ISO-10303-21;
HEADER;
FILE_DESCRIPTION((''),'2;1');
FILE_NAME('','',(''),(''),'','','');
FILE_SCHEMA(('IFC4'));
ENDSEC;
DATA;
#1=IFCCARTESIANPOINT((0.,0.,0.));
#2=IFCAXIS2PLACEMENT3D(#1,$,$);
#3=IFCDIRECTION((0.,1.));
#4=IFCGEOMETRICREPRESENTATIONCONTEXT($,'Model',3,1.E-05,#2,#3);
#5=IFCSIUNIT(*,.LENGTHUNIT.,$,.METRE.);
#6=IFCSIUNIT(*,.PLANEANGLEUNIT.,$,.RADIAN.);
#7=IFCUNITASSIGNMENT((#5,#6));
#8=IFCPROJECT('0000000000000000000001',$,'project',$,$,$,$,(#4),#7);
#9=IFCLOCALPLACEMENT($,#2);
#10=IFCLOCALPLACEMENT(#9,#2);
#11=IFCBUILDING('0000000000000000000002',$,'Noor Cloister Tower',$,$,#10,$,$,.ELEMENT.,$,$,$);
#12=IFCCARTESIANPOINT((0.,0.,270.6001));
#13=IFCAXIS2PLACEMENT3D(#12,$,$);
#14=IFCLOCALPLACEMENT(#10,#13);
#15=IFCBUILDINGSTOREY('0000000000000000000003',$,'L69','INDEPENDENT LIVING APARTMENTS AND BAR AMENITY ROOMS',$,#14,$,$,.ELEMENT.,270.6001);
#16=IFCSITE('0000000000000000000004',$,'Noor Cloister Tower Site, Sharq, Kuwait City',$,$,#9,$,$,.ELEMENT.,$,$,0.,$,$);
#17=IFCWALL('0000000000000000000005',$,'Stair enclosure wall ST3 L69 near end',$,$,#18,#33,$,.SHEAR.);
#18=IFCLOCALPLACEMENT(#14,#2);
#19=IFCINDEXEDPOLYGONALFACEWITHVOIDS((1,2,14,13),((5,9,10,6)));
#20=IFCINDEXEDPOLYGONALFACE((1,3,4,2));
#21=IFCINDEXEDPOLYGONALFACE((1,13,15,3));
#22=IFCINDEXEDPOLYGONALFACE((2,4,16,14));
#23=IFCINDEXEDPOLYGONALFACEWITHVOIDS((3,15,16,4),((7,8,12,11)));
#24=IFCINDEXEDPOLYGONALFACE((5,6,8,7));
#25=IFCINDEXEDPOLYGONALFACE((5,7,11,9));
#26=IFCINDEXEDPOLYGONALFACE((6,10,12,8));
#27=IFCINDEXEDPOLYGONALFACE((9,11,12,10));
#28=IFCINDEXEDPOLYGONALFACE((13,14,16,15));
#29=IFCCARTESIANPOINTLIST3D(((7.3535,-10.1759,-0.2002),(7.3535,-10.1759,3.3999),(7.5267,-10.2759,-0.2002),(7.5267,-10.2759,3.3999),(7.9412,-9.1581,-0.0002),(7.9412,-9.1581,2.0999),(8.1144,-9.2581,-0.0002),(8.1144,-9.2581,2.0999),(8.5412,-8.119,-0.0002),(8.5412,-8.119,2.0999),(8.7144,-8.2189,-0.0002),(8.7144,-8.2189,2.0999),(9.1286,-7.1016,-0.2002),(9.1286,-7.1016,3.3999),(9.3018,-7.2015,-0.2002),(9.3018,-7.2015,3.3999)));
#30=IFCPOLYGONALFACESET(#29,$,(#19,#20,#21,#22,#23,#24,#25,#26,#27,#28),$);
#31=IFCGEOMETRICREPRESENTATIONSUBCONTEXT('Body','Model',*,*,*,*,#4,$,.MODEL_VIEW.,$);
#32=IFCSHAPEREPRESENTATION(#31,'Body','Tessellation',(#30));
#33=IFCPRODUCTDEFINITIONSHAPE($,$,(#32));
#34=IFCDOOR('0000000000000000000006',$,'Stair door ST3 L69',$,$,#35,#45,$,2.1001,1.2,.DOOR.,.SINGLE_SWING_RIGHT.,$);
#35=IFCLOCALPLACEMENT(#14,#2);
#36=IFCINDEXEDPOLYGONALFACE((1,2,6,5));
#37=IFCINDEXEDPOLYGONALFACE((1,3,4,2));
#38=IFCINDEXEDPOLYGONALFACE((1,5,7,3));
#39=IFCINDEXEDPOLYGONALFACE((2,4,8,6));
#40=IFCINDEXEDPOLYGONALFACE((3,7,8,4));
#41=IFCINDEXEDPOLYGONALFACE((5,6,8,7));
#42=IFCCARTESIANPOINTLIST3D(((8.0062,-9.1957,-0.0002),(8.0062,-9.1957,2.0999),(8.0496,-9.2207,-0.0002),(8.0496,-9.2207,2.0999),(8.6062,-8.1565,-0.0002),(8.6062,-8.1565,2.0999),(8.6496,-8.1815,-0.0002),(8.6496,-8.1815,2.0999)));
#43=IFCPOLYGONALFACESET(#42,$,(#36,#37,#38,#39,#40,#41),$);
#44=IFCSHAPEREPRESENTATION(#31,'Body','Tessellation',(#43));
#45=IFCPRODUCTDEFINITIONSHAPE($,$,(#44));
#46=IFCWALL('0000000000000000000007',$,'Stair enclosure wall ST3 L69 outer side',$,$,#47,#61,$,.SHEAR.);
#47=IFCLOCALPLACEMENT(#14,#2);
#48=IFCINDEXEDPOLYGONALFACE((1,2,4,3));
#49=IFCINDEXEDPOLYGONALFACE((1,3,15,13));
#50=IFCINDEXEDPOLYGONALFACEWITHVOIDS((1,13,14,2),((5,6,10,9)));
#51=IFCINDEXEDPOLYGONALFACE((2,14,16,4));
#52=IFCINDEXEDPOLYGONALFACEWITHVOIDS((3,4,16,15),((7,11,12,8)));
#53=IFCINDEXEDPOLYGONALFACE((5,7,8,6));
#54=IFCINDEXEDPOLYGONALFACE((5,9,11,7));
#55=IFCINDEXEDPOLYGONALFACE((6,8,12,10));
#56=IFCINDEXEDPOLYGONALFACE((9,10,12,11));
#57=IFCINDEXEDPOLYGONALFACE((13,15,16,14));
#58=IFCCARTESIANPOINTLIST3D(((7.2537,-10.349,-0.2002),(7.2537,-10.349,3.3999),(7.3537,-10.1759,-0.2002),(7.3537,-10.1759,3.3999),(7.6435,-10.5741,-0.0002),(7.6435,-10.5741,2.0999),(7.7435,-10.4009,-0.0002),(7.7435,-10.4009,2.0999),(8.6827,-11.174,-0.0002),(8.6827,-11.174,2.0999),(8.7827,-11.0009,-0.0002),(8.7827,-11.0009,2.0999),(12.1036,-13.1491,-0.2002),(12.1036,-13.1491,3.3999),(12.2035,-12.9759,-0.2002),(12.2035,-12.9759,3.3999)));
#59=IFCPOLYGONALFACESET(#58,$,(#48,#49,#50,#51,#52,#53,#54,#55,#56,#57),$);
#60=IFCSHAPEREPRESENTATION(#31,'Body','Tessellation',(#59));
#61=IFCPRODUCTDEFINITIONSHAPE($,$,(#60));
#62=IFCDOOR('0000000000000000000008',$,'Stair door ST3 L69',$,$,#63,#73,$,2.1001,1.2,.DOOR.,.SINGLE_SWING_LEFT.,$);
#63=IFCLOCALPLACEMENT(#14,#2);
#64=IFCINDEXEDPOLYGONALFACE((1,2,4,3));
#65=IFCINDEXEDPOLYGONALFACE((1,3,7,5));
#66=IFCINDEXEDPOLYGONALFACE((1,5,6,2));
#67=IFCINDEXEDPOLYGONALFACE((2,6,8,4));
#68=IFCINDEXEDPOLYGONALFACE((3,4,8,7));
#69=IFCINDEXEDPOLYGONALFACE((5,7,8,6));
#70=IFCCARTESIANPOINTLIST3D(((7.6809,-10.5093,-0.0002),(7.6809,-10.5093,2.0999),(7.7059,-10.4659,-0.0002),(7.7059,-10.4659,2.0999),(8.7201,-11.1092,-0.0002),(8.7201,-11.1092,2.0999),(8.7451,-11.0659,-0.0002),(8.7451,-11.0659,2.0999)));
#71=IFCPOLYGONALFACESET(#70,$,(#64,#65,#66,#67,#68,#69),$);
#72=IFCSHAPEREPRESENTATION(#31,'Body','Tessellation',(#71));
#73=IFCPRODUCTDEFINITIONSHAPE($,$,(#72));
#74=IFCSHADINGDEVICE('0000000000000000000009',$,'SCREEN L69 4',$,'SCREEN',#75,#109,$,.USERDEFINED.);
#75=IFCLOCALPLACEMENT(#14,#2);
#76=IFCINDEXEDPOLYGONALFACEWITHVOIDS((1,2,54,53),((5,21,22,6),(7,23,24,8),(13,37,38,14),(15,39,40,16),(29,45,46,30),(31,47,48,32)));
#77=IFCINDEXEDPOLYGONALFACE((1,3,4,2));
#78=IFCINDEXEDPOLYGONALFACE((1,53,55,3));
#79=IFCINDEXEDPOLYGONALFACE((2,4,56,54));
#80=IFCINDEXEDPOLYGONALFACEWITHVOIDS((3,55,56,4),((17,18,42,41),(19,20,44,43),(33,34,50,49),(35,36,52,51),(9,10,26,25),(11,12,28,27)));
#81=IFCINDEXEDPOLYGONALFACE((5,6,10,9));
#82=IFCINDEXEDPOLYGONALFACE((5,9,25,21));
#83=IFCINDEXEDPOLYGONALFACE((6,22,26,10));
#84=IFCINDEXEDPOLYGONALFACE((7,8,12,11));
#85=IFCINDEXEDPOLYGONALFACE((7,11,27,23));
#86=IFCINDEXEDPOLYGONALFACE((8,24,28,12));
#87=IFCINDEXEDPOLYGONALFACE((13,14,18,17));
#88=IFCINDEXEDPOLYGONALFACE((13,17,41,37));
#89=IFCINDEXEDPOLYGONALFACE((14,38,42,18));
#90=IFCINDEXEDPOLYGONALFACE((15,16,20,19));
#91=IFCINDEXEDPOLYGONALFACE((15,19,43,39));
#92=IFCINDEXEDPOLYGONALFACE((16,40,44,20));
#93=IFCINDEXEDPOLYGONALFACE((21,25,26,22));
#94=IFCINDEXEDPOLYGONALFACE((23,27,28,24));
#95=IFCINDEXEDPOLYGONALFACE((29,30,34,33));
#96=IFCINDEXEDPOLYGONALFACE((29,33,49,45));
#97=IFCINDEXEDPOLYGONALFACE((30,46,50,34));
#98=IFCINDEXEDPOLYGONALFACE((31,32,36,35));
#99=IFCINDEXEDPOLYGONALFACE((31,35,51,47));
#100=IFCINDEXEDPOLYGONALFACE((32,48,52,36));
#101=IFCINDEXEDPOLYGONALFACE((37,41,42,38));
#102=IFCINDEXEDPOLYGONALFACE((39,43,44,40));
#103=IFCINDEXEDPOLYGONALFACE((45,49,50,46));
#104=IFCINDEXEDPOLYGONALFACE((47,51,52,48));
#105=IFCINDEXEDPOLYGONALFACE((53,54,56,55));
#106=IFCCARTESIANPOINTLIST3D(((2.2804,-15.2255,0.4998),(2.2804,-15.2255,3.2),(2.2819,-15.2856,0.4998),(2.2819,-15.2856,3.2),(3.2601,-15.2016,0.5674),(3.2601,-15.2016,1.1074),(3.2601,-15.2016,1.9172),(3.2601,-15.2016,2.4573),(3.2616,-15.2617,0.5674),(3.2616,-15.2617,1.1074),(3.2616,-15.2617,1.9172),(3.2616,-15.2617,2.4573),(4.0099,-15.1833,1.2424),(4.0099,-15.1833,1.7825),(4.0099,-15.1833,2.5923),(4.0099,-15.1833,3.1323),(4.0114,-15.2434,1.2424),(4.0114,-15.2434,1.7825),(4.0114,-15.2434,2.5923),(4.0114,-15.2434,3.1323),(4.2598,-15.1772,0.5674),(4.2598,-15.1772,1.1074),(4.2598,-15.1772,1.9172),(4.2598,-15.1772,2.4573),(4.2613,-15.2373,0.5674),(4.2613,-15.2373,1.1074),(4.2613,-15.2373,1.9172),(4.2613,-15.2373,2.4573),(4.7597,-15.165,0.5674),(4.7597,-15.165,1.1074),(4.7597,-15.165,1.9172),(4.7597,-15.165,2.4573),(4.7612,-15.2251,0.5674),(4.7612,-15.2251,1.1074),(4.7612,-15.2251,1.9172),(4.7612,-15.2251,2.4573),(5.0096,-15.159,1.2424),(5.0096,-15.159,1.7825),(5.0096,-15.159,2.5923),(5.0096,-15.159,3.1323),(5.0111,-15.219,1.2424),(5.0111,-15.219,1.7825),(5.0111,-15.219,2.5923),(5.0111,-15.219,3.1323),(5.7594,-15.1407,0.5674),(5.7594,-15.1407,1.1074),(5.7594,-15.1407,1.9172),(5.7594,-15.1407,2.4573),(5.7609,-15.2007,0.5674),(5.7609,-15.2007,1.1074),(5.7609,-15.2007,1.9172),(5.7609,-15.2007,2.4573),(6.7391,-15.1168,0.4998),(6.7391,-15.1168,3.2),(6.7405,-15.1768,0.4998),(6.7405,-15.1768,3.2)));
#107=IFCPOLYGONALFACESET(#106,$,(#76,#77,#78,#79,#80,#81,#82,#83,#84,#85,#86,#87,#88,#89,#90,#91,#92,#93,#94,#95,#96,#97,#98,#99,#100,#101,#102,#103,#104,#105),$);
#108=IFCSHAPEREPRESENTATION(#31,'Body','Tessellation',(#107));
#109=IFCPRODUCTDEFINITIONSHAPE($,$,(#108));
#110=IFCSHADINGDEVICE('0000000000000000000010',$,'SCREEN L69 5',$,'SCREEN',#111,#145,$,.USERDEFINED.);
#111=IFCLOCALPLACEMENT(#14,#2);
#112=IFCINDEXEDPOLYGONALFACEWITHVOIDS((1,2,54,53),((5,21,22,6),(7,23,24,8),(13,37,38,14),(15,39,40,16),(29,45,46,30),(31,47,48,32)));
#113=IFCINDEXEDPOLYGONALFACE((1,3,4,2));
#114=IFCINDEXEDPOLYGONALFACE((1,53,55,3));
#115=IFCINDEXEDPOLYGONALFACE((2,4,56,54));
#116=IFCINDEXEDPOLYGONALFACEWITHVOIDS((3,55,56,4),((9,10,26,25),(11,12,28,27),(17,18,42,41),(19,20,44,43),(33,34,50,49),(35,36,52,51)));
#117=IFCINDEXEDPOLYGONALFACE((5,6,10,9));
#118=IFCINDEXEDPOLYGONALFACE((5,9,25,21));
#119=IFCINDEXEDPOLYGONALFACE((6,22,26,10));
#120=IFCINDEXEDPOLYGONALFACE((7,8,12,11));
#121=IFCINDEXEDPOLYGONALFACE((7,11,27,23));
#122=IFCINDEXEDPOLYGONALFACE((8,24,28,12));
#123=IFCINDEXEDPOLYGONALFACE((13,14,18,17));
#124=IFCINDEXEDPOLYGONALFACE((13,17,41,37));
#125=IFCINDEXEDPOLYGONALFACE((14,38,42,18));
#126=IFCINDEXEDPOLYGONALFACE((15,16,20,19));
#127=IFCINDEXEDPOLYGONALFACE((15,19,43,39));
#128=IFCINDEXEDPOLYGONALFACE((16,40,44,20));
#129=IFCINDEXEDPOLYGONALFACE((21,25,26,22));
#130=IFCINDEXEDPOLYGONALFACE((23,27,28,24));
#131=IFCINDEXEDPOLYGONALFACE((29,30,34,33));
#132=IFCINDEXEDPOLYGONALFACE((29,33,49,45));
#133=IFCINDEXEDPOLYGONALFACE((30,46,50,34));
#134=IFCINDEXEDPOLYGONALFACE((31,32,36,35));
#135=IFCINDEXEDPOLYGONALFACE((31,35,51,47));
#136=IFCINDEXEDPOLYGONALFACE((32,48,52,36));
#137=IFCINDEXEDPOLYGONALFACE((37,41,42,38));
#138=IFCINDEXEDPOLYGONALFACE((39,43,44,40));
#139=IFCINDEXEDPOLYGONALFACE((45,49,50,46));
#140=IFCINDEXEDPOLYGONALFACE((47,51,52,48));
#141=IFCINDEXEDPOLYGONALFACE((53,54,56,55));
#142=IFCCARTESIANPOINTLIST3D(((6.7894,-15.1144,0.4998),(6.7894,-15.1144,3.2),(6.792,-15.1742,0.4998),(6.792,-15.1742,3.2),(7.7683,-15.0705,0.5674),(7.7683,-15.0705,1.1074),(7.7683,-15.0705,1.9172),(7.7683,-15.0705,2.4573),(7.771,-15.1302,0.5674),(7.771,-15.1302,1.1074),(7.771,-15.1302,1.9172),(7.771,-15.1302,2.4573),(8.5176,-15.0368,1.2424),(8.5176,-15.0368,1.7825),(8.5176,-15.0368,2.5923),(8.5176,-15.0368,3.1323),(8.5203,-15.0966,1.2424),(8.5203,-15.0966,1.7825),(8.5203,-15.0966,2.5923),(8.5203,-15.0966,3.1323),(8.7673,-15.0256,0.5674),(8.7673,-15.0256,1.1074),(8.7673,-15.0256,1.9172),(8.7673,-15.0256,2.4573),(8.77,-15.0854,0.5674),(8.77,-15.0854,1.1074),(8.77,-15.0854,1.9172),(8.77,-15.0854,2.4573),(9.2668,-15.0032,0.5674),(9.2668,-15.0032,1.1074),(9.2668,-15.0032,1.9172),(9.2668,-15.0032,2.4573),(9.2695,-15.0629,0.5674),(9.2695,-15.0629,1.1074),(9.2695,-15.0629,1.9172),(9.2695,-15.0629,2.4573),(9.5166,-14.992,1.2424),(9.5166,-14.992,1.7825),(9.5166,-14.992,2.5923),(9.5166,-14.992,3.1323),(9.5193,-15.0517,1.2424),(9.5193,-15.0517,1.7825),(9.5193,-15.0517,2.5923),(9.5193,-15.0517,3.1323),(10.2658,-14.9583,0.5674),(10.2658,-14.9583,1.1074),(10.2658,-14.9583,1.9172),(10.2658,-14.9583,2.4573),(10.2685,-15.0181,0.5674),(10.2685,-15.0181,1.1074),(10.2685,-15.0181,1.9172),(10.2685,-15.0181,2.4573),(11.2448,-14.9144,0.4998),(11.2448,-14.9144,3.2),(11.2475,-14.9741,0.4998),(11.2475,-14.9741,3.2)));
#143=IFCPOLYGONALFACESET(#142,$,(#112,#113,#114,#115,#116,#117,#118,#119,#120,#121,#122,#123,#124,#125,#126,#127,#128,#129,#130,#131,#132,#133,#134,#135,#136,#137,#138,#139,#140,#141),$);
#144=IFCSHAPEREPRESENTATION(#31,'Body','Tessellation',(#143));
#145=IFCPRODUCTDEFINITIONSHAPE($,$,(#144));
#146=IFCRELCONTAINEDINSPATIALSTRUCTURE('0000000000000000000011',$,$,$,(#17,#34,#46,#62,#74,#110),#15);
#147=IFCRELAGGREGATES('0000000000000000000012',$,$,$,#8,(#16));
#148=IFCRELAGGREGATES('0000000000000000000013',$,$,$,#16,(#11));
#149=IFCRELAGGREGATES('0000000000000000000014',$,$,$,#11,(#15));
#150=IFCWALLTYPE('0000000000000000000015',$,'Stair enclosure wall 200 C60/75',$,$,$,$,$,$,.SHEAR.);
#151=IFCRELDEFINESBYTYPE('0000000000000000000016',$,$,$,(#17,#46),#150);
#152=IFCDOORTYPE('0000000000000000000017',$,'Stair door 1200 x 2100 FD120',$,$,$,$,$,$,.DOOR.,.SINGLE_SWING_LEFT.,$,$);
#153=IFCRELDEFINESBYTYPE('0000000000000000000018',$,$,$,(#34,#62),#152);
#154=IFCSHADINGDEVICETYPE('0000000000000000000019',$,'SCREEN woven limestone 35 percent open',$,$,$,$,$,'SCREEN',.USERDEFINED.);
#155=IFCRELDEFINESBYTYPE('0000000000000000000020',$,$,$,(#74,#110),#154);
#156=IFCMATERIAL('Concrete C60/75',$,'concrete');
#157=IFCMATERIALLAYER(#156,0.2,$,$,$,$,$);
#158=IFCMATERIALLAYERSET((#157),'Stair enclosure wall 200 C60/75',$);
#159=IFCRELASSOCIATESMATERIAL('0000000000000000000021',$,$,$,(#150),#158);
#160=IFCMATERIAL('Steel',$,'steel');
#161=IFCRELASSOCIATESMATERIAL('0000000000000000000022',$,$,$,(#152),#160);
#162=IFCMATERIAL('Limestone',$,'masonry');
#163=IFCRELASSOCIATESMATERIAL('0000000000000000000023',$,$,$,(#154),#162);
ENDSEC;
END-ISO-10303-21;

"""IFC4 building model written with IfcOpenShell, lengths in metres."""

from ifc_helpers import new_model, si_unit, direction, frame, frame_2d, origin, place, context, subcontext, project, spatial, polyline, rectangle, outline, extrude, material, layer, layer_set, material_profile, profile_set, type_object, element, fill, save


model = new_model("IFC4")

# Units and contexts
model_context = context("Model", 3, precision=1e-05, world=origin(), true_north=direction((0.0, 1.0)))
body_context = subcontext(model_context, "Body", "Model", "MODEL_VIEW")
ifc_project = project(units=[si_unit("LENGTHUNIT", "METRE"), si_unit("PLANEANGLEUNIT", "RADIAN")], contexts=[model_context])

# Site, building, storey
site_placement = place(None, origin())
site = spatial("IfcSite", under=ifc_project, at=site_placement, Name="Noor Cloister Tower Site, Sharq, Kuwait City", CompositionType="ELEMENT", RefElevation=0.0)
building_placement = place(site_placement, origin())
building = spatial("IfcBuilding", under=site, at=building_placement, Name="Noor Cloister Tower", CompositionType="ELEMENT")
storey_placement = place(building_placement, frame((0.0, 0.0, 270.6001)))
storey = spatial("IfcBuildingStorey", under=building, at=storey_placement, Name="L69", Description="INDEPENDENT LIVING APARTMENTS AND BAR AMENITY ROOMS", CompositionType="ELEMENT", Elevation=270.6001)

# Walls, openings, doors
ifc_material_1 = material(Name="Concrete C60/75", Category="concrete")
ifc_layer_1 = layer(ifc_material_1, 0.2)
ifc_layer_set_1 = layer_set([ifc_layer_1], Name="Stair enclosure wall 200 C60/75")
wall_type_1 = type_object("IfcWallType", Name="Stair enclosure wall 200 C60/75", PredefinedType="SHEAR", material=ifc_layer_set_1)
wall_1_placement = place(storey_placement, frame((7.4402, -10.2258, -0.2002), z_axis=(0.0, 0.0, 1.0), x_axis=(0.500022, 0.866013, 0.0)))
wall_1 = element("IfcWall", 1, at=wall_1_placement, inside=storey, type_object=wall_type_1, Name="Stair enclosure wall ST3 L69 near end", PredefinedType="SHEAR", context=body_context, shape_type="SweptSolid", body=[
    extrude(rectangle(XDim=3.55, YDim=0.2, at=frame_2d((1.7749, 0.0))), origin(), (0.0, 0.0, 1.0), 3.6001),
])
opening_1_placement = place(wall_1_placement, frame((1.175, 0.0, 0.2)))
opening_1 = element("IfcOpeningElement", 2, at=opening_1_placement, cuts=wall_1, PredefinedType="OPENING", context=body_context, shape_type="SweptSolid", body=[
    extrude(rectangle(XDim=1.2, YDim=2.1001, at=frame_2d((0.6001, 1.05))), frame((0.0, 0.1099, 0.0), z_axis=(0.0, -1.0, 0.0), x_axis=(1.0, 0.0, 0.0)), (0.0, 0.0, 1.0), 0.22),
])
ifc_material_2 = material(Name="Steel", Category="steel")
door_type_1 = type_object("IfcDoorType", Name="Stair door 1200 x 2100 FD120", OperationType="SINGLE_SWING_LEFT", PredefinedType="DOOR", material=ifc_material_2)
door_1_placement = place(opening_1_placement, origin())
door_1 = element("IfcDoor", 3, at=door_1_placement, inside=storey, type_object=door_type_1, Name="Stair door ST3 L69", OperationType="SINGLE_SWING_RIGHT", OverallHeight=2.1001, OverallWidth=1.2, PredefinedType="DOOR", context=body_context, shape_type="SweptSolid", body=[
    extrude(rectangle(XDim=1.2, YDim=2.1001, at=frame_2d((0.6001, 1.05))), frame((0.0, 0.0249, 0.0), z_axis=(0.0, -1.0, 0.0), x_axis=(1.0, 0.0, 0.0)), (0.0, 0.0, 1.0), 0.05),
])
fill(opening_1, door_1)
wall_2_placement = place(storey_placement, frame((7.3037, -10.2625, -0.2002), z_axis=(0.0, 0.0, 1.0), x_axis=(0.866027, -0.499998, 0.0)))
wall_2 = element("IfcWall", 4, at=wall_2_placement, inside=storey, type_object=wall_type_1, Name="Stair enclosure wall ST3 L69 outer side", PredefinedType="SHEAR", context=body_context, shape_type="SweptSolid", body=[
    extrude(rectangle(XDim=5.6001, YDim=0.2, at=frame_2d((2.8, 0.0))), origin(), (0.0, 0.0, 1.0), 3.6001),
])
opening_2_placement = place(wall_2_placement, frame((0.45, 0.0, 0.2)))
opening_2 = element("IfcOpeningElement", 5, at=opening_2_placement, cuts=wall_2, PredefinedType="OPENING", context=body_context, shape_type="SweptSolid", body=[
    extrude(rectangle(XDim=1.2, YDim=2.1001, at=frame_2d((0.6001, 1.05))), frame((0.0, 0.1099, 0.0), z_axis=(0.0, -1.0, 0.0), x_axis=(1.0, 0.0, 0.0)), (0.0, 0.0, 1.0), 0.22),
])
door_2_placement = place(opening_2_placement, origin())
door_2 = element("IfcDoor", 6, at=door_2_placement, inside=storey, type_object=door_type_1, Name="Stair door ST3 L69", OperationType="SINGLE_SWING_LEFT", OverallHeight=2.1001, OverallWidth=1.2, PredefinedType="DOOR", context=body_context, shape_type="SweptSolid", body=[
    extrude(rectangle(XDim=1.2, YDim=2.1001, at=frame_2d((0.6001, 1.05))), frame((0.0, 0.0249, 0.0), z_axis=(0.0, -1.0, 0.0), x_axis=(1.0, 0.0, 0.0)), (0.0, 0.0, 1.0), 0.05),
])
fill(opening_2, door_2)

# Shading devices
ifc_material_3 = material(Name="Limestone", Category="masonry")
ifc_material_profile_1 = material_profile(ifc_material_3, outline(polyline([(-2.23, -1.3501), (2.23, -1.3501), (2.23, 1.3501), (-2.23, 1.3501), (-2.23, -1.3501)]), holes=[polyline([(-1.25, -1.2825), (-0.25, -1.2825), (-0.25, -0.7424), (-1.25, -0.7424), (-1.25, -1.2825)]), polyline([(0.25, -1.2825), (1.25, -1.2825), (1.25, -0.7424), (0.25, -0.7424), (0.25, -1.2825)]), polyline([(-0.5, -0.6074), (0.5, -0.6074), (0.5, -0.0674), (-0.5, -0.0674), (-0.5, -0.6074)]), polyline([(-1.25, 0.0674), (-0.25, 0.0674), (-0.25, 0.6074), (-1.25, 0.6074), (-1.25, 0.0674)]), polyline([(0.25, 0.0674), (1.25, 0.0674), (1.25, 0.6074), (0.25, 0.6074), (0.25, 0.0674)]), polyline([(-0.5, 0.7424), (0.5, 0.7424), (0.5, 1.2825), (-0.5, 1.2825), (-0.5, 0.7424)])]), Name="Woven screen 35 percent open")
ifc_profile_set_1 = profile_set([ifc_material_profile_1], Name="Limestone")
shading_device_type = type_object("IfcShadingDeviceType", Name="SCREEN woven limestone 35 percent open", ElementType="SCREEN", PredefinedType="USERDEFINED", material=ifc_profile_set_1)
shading_device_1_placement = place(storey_placement, frame((4.5098, -15.1711, 1.8499), z_axis=(0.024383, -0.999703, 0.0), x_axis=(0.999703, 0.024383, 0.0)))
element("IfcShadingDevice", 7, at=shading_device_1_placement, inside=storey, type_object=shading_device_type, Name="SCREEN L69 4", ObjectType="SCREEN", PredefinedType="USERDEFINED", context=body_context, shape_type="SweptSolid", body=[
    extrude(outline(polyline([(-2.23, -1.3501), (2.23, -1.3501), (2.23, 1.3501), (-2.23, 1.3501), (-2.23, -1.3501)]), holes=[polyline([(-1.25, -1.2825), (-0.25, -1.2825), (-0.25, -0.7424), (-1.25, -0.7424), (-1.25, -1.2825)]), polyline([(0.25, -1.2825), (1.25, -1.2825), (1.25, -0.7424), (0.25, -0.7424), (0.25, -1.2825)]), polyline([(-0.5, -0.6074), (0.5, -0.6074), (0.5, -0.0674), (-0.5, -0.0674), (-0.5, -0.6074)]), polyline([(-1.25, 0.0674), (-0.25, 0.0674), (-0.25, 0.6074), (-1.25, 0.6074), (-1.25, 0.0674)]), polyline([(0.25, 0.0674), (1.25, 0.0674), (1.25, 0.6074), (0.25, 0.6074), (0.25, 0.0674)]), polyline([(-0.5, 0.7424), (0.5, 0.7424), (0.5, 1.2825), (-0.5, 1.2825), (-0.5, 0.7424)])]), origin(), (0.0, 0.0, 1.0), 0.0601),
])
shading_device_2_placement = place(storey_placement, frame((9.0171, -15.0144, 1.8499), z_axis=(0.044853, -0.998994, 0.0), x_axis=(0.998994, 0.044853, 0.0)))
element("IfcShadingDevice", 8, at=shading_device_2_placement, inside=storey, type_object=shading_device_type, Name="SCREEN L69 5", ObjectType="SCREEN", PredefinedType="USERDEFINED", context=body_context, shape_type="SweptSolid", body=[
    extrude(outline(polyline([(-2.23, -1.3501), (2.23, -1.3501), (2.23, 1.3501), (-2.23, 1.3501), (-2.23, -1.3501)]), holes=[polyline([(-1.25, -1.2825), (-0.25, -1.2825), (-0.25, -0.7424), (-1.25, -0.7424), (-1.25, -1.2825)]), polyline([(0.25, -1.2825), (1.25, -1.2825), (1.25, -0.7424), (0.25, -0.7424), (0.25, -1.2825)]), polyline([(-0.5, -0.6074), (0.5, -0.6074), (0.5, -0.0674), (-0.5, -0.0674), (-0.5, -0.6074)]), polyline([(-1.25, 0.0674), (-0.25, 0.0674), (-0.25, 0.6074), (-1.25, 0.6074), (-1.25, 0.0674)]), polyline([(0.25, 0.0674), (1.25, 0.0674), (1.25, 0.6074), (0.25, 0.6074), (0.25, 0.0674)]), polyline([(-0.5, 0.7424), (0.5, 0.7424), (0.5, 1.2825), (-0.5, 1.2825), (-0.5, 0.7424)])]), origin(), (0.0, 0.0, 1.0), 0.0598),
])

save(model, "model.ifc")
